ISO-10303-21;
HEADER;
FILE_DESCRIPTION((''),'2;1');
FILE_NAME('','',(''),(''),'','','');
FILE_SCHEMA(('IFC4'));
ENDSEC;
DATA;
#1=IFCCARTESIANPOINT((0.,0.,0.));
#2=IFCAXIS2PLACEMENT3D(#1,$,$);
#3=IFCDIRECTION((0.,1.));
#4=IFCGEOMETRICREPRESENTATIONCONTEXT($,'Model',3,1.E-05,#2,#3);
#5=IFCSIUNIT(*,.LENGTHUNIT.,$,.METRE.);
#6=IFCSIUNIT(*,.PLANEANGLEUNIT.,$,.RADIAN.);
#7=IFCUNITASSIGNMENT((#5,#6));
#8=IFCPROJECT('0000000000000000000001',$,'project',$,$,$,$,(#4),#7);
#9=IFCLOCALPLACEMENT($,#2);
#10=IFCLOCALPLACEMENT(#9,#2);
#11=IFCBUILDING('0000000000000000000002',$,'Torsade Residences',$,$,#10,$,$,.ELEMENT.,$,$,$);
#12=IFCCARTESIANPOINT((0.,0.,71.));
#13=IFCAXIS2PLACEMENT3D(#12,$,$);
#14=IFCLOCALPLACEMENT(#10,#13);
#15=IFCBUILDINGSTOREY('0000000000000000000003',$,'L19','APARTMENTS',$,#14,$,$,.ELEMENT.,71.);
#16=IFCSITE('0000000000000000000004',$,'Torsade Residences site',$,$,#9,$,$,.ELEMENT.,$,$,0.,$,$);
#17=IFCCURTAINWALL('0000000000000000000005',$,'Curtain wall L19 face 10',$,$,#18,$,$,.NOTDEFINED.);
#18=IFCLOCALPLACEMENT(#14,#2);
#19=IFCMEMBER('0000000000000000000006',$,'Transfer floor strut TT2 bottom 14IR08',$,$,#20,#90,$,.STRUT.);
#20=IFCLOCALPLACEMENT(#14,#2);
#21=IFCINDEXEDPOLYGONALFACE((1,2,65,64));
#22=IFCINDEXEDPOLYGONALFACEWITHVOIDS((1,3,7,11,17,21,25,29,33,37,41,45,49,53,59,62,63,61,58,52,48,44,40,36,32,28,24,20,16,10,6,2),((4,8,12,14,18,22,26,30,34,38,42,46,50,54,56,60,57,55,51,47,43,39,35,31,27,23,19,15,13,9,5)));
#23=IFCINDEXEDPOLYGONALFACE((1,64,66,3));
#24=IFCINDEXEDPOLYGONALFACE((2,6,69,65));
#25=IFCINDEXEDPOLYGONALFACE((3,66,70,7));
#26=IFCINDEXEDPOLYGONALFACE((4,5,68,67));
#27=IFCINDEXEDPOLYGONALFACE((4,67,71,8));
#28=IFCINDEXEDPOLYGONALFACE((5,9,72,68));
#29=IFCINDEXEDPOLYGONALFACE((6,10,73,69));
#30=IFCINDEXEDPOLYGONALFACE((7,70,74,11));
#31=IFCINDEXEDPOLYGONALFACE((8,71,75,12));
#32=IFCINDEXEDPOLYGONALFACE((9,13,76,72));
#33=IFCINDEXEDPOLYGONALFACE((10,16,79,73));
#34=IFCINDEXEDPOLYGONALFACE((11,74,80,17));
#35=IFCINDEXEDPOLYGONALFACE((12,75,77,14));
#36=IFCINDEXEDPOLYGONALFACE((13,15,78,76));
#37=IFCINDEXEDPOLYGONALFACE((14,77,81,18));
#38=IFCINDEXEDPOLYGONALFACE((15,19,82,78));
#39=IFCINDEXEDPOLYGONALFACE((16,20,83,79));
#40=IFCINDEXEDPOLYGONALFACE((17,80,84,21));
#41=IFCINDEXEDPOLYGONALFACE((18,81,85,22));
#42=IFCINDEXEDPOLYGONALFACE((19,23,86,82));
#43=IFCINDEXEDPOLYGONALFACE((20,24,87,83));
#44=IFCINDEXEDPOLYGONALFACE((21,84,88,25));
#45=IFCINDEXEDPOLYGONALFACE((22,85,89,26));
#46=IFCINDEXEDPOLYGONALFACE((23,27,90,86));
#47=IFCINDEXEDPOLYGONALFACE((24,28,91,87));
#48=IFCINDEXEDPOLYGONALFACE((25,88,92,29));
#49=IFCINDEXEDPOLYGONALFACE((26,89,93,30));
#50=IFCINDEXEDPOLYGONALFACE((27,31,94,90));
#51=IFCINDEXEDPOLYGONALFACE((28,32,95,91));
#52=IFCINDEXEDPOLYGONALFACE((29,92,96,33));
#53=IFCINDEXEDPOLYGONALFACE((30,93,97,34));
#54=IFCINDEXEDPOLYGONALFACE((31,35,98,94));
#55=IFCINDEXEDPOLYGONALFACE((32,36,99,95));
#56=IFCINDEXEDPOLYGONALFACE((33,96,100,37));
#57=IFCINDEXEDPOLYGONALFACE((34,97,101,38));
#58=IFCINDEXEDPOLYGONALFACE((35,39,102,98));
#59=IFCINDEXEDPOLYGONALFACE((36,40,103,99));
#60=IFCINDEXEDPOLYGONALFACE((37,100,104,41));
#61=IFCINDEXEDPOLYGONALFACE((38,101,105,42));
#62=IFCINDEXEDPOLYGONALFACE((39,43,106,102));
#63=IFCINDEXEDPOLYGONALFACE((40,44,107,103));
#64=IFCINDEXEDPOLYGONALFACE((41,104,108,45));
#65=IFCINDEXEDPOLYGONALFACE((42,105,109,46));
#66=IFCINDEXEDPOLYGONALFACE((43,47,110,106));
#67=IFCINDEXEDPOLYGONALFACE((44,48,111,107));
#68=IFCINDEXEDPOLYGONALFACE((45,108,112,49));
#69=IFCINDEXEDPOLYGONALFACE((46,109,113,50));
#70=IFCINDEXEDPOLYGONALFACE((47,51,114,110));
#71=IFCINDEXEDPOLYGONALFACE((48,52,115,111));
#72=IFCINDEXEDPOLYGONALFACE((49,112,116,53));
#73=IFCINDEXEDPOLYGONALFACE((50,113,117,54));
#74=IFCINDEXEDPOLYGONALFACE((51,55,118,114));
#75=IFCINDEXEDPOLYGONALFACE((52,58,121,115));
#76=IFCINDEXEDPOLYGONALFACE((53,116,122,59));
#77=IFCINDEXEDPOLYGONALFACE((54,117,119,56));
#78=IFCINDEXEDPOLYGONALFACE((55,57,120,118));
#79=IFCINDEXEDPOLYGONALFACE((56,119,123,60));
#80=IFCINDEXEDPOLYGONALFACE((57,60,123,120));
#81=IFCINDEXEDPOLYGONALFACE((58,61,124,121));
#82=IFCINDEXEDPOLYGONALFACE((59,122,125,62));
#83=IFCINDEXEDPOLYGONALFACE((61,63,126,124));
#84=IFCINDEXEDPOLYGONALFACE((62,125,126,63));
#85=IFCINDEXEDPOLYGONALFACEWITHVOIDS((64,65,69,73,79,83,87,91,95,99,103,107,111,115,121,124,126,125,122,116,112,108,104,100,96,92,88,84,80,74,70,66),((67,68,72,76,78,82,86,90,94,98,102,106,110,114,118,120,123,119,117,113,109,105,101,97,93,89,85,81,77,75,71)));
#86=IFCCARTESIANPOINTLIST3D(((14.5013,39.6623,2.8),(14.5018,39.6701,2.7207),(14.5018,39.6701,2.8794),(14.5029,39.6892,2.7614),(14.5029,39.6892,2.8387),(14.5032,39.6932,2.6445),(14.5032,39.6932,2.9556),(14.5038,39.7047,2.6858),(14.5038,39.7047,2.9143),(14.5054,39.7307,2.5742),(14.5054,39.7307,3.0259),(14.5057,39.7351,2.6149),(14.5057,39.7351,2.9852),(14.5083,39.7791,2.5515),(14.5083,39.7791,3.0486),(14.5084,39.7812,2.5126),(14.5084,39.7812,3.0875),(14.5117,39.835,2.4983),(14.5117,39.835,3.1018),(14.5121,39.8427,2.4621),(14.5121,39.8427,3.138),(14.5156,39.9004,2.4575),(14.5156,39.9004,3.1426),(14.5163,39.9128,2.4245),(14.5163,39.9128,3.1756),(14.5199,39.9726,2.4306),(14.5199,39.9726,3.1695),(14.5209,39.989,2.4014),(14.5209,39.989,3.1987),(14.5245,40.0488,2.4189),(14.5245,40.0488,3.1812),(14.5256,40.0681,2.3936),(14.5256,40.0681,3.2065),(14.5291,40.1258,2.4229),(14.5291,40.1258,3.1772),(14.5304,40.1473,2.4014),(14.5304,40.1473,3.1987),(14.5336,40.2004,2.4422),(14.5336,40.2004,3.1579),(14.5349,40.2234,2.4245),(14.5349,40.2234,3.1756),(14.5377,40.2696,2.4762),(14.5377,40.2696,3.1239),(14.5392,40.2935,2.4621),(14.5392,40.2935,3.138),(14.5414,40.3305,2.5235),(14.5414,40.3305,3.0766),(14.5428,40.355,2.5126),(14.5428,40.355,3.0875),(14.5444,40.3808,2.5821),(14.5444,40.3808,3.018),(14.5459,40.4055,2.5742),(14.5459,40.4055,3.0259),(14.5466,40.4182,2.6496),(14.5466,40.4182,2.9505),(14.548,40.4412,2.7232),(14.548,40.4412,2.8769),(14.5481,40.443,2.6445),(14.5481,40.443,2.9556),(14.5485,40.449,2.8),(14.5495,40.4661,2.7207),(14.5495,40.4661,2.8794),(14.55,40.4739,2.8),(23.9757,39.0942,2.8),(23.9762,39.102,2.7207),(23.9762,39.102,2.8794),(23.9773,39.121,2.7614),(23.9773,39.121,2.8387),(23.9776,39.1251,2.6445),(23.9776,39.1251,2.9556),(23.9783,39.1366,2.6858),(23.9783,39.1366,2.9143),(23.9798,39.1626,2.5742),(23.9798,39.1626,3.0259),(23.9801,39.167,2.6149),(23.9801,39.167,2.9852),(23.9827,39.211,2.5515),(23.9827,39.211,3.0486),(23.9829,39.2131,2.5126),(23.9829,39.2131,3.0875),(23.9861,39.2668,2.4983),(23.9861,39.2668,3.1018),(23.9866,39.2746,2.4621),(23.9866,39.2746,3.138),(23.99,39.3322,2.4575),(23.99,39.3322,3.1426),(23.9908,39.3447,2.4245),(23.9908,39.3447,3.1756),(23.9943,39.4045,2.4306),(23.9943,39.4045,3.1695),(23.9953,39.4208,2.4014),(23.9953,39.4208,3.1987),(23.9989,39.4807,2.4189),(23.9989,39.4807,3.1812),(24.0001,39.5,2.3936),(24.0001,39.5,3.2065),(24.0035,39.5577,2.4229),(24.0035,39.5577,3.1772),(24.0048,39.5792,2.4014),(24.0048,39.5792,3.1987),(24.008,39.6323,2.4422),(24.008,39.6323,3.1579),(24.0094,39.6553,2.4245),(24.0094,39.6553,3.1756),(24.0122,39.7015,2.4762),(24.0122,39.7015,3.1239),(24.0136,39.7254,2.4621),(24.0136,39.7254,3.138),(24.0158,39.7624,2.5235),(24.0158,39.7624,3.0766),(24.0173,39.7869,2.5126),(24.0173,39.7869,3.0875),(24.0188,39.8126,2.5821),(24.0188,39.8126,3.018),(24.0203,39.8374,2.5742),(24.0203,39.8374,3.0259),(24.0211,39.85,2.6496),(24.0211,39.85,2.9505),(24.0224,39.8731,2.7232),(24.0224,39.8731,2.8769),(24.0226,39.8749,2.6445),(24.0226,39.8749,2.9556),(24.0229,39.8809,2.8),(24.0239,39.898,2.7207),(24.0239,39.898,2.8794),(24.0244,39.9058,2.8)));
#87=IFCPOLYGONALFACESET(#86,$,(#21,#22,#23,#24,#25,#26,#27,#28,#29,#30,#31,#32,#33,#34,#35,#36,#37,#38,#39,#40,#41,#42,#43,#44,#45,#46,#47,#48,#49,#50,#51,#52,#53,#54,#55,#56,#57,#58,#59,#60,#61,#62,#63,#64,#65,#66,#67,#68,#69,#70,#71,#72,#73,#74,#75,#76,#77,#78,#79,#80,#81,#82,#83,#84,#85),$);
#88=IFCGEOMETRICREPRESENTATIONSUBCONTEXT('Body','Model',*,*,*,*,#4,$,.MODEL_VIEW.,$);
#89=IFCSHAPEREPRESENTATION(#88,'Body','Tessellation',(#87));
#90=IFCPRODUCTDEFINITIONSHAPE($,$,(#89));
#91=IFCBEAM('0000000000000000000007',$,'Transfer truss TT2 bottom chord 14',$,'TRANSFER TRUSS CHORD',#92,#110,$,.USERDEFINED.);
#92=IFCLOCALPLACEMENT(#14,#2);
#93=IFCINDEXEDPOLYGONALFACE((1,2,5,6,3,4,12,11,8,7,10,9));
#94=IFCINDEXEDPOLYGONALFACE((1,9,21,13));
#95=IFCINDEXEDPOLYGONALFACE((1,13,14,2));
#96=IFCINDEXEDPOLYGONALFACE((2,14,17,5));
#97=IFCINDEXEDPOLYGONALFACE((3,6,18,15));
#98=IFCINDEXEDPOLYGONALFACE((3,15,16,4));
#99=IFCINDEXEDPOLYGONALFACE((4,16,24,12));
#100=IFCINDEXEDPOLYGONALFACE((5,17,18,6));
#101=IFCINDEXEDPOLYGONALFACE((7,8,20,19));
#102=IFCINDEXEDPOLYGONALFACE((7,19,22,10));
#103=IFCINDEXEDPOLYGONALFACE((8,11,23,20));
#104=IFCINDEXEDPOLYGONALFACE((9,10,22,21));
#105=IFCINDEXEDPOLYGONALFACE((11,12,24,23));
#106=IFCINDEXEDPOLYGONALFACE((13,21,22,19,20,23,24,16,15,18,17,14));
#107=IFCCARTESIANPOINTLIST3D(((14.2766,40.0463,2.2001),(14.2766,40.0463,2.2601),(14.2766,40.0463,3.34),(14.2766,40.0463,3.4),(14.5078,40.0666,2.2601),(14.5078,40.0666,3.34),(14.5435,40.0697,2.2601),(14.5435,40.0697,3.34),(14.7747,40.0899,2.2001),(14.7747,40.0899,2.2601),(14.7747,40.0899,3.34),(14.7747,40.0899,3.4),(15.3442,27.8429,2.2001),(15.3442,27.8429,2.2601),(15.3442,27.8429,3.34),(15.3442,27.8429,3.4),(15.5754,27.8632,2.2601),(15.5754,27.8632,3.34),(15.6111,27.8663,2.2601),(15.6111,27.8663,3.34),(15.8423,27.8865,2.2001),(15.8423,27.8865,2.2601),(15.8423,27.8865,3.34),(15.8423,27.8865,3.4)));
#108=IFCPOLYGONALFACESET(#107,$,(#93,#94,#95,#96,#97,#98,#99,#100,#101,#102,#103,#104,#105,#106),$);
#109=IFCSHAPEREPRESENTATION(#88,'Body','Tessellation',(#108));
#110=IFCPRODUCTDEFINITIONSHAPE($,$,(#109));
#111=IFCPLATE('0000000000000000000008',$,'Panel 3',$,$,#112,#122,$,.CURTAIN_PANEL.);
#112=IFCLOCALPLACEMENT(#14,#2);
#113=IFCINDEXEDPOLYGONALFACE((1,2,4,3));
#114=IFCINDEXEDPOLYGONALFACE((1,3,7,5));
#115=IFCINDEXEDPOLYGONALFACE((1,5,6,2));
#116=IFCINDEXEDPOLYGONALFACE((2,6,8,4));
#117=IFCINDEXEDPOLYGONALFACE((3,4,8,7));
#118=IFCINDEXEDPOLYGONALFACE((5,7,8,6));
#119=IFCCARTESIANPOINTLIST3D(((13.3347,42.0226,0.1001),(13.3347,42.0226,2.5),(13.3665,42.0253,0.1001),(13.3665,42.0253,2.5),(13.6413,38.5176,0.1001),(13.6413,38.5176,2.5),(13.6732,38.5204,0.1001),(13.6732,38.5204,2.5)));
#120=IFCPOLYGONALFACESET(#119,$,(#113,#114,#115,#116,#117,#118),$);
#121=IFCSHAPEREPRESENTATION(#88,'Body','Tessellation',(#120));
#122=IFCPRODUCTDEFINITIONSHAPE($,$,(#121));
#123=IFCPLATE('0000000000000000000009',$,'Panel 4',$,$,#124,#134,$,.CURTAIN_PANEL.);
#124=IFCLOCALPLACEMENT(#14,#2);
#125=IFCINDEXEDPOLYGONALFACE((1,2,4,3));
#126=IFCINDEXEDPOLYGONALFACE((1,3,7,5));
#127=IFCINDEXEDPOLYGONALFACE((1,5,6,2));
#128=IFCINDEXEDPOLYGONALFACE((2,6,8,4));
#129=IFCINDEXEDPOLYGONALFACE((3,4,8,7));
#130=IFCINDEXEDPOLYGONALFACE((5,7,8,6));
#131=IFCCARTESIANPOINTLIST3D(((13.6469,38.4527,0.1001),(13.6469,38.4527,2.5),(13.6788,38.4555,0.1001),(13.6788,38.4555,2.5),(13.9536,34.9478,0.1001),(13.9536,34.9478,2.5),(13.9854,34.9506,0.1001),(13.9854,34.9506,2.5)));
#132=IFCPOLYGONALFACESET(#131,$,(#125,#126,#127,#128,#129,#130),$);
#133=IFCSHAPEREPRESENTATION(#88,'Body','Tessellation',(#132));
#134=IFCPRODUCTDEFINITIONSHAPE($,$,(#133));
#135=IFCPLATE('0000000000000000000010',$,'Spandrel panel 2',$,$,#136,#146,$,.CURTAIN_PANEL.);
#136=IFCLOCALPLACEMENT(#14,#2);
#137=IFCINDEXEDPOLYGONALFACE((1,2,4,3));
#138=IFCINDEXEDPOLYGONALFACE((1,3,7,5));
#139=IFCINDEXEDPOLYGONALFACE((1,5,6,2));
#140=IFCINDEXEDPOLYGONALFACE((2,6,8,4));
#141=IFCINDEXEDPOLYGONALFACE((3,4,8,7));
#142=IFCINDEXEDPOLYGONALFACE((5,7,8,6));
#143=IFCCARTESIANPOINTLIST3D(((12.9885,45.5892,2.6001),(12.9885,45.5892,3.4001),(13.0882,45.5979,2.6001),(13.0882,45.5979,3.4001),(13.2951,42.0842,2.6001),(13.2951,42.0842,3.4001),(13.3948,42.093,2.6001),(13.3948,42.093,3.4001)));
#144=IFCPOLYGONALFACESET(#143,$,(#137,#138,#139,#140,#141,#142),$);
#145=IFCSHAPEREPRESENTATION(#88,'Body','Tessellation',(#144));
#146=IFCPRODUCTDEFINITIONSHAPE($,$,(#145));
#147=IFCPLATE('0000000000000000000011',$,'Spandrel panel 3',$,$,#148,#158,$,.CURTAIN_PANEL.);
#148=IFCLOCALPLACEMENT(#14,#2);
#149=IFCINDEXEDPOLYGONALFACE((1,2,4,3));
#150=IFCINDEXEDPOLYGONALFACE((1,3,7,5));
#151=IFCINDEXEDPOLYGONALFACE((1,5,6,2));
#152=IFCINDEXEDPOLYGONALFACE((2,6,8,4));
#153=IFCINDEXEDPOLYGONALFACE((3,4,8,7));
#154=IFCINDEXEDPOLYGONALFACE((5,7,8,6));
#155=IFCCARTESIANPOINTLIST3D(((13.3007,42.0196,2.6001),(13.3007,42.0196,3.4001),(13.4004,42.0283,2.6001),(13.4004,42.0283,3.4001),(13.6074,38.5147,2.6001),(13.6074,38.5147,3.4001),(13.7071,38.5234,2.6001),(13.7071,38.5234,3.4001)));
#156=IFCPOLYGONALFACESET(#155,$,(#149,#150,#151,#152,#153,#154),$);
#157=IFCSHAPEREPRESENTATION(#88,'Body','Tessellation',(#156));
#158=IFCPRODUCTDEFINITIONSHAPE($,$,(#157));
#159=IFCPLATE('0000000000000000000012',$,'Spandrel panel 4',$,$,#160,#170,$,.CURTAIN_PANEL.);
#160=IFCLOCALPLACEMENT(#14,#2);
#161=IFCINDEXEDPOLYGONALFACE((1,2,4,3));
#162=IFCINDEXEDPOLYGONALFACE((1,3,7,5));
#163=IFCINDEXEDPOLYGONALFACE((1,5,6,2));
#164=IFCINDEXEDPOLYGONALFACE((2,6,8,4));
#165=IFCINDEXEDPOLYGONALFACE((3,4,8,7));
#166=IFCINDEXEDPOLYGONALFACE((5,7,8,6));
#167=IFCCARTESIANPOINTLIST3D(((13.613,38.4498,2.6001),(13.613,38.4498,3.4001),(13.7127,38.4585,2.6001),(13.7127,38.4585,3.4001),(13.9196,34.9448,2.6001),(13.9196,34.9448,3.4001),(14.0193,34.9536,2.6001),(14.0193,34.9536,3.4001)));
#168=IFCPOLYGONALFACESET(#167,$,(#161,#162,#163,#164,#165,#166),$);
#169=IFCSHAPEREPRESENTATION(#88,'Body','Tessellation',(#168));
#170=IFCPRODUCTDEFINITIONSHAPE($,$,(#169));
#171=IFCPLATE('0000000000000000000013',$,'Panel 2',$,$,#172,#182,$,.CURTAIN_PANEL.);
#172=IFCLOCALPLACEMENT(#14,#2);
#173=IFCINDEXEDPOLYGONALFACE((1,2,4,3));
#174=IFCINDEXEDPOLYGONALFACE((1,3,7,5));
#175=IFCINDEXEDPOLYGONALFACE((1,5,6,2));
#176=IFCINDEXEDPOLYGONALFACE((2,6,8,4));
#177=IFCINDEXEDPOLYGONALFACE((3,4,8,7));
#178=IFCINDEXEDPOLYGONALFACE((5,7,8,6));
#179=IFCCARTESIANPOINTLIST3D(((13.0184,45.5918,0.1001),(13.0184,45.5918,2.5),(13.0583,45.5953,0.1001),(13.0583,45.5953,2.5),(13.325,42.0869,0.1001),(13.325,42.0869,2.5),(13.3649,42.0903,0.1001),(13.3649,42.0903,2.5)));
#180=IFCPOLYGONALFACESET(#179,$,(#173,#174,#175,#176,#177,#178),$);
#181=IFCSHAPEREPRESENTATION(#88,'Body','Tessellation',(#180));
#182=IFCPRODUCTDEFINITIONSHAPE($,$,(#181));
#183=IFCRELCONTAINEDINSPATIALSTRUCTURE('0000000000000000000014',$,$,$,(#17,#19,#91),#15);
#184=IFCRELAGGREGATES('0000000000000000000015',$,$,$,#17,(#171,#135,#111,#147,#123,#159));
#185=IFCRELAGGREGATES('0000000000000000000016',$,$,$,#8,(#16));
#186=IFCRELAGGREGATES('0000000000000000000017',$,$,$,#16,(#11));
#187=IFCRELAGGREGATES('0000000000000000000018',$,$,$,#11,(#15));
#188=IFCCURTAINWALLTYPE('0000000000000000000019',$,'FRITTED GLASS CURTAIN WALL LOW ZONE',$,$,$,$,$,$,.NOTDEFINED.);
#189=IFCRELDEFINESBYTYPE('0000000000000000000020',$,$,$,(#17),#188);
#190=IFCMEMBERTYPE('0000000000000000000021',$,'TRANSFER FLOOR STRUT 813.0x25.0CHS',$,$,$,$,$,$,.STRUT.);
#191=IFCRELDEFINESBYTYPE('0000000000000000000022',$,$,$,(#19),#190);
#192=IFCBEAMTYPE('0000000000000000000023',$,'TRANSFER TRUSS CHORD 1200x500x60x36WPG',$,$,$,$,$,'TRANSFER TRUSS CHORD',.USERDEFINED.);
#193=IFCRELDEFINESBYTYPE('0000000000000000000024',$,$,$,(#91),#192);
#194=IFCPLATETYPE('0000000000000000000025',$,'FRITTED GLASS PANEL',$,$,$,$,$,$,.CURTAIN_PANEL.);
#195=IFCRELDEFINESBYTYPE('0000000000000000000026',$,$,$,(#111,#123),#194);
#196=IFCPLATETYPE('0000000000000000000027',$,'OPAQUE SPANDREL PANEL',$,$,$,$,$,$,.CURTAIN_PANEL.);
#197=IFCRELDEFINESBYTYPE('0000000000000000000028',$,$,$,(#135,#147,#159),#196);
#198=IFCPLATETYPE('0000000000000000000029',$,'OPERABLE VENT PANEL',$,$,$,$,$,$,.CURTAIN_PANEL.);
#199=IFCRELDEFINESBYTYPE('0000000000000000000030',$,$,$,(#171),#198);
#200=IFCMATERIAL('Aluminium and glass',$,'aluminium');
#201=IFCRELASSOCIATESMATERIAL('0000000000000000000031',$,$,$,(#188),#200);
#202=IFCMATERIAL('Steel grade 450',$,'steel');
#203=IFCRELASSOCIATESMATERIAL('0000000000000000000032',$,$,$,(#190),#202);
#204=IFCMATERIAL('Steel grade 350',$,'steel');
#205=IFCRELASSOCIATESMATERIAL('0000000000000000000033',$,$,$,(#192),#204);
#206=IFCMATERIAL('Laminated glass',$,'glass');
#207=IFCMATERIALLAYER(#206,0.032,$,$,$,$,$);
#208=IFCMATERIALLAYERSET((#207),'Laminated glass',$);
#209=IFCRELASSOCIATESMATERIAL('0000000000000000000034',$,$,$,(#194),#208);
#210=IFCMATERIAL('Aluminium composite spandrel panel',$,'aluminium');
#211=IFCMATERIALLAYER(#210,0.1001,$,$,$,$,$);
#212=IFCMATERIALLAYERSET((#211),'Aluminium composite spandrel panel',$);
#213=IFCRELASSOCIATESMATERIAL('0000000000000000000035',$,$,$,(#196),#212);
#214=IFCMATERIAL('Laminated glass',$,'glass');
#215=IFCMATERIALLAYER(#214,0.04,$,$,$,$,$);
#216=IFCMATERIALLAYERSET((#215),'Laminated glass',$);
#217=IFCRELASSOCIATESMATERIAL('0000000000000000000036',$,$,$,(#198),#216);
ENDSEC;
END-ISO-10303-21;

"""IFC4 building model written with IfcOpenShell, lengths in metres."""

from ifc_helpers import new_model, si_unit, direction, frame, origin, origin_2d, place, context, subcontext, project, spatial, rectangle, hollow_circle, i_section, extrude, material, layer, layer_set, material_profile, profile_set, type_object, element, aggregate, save


model = new_model("IFC4")

# Units and contexts
model_context = context("Model", 3, precision=1e-05, world=origin(), true_north=direction((0.0, 1.0)))
body_context = subcontext(model_context, "Body", "Model", "MODEL_VIEW")
ifc_project = project(units=[si_unit("LENGTHUNIT", "METRE"), si_unit("PLANEANGLEUNIT", "RADIAN")], contexts=[model_context])

# Site, building, storey
site_placement = place(None, origin())
site = spatial("IfcSite", under=ifc_project, at=site_placement, Name="Torsade Residences site", CompositionType="ELEMENT", RefElevation=0.0)
building_placement = place(site_placement, origin())
building = spatial("IfcBuilding", under=site, at=building_placement, Name="Torsade Residences", CompositionType="ELEMENT")
storey_placement = place(building_placement, frame((0.0, 0.0, 71.0)))
storey = spatial("IfcBuildingStorey", under=building, at=storey_placement, Name="L19", Description="APARTMENTS", CompositionType="ELEMENT", Elevation=71.0)

# Curtain wall
ifc_material_1 = material(Name="Aluminium and glass", Category="aluminium")
curtain_wall_type = type_object("IfcCurtainWallType", Name="FRITTED GLASS CURTAIN WALL LOW ZONE", PredefinedType="NOTDEFINED", material=ifc_material_1)
curtain_wall_placement = place(storey_placement, origin())
curtain_wall = element("IfcCurtainWall", 1, at=curtain_wall_placement, inside=storey, type_object=curtain_wall_type, Name="Curtain wall L19 face 10", PredefinedType="NOTDEFINED")

# Member
ifc_material_2 = material(Name="Steel grade 450", Category="steel")
ifc_material_profile_1 = material_profile(ifc_material_2, hollow_circle(Radius=0.4065, WallThickness=0.0249, at=origin_2d()), Name="813.0x25.0CHS")
ifc_profile_set_1 = profile_set([ifc_material_profile_1], Name="Steel grade 450")
member_type_1 = type_object("IfcMemberType", Name="TRANSFER FLOOR STRUT 813.0x25.0CHS", PredefinedType="STRUT", material=ifc_profile_set_1)
member_1_placement = place(storey_placement, frame((14.5256, 40.0681, 2.8), z_axis=(0.998207, -0.059856, 0.0), x_axis=(0.059856, 0.998207, 0.0)))
element("IfcMember", 2, at=member_1_placement, inside=storey, type_object=member_type_1, Name="Transfer floor strut TT2 bottom 14IR08", PredefinedType="STRUT", context=body_context, shape_type="SweptSolid", body=[
    extrude(hollow_circle(Radius=0.4065, WallThickness=0.0249, at=origin_2d()), origin(), (0.0, 0.0, 1.0), 9.4915),
])

# Beam
ifc_material_3 = material(Name="Steel grade 350", Category="steel")
ifc_material_profile_2 = material_profile(ifc_material_3, i_section(OverallWidth=0.5, OverallDepth=1.2, WebThickness=0.0359, FlangeThickness=0.0601, at=origin_2d()), Name="1200x500x60x36WPG")
ifc_profile_set_2 = profile_set([ifc_material_profile_2], Name="Steel grade 350")
beam_type_1 = type_object("IfcBeamType", Name="TRANSFER TRUSS CHORD 1200x500x60x36WPG", ElementType="TRANSFER TRUSS CHORD", PredefinedType="USERDEFINED", material=ifc_profile_set_2)
beam_1_placement = place(storey_placement, frame((14.5256, 40.0681, 2.8), z_axis=(0.087153, -0.996195, 0.0), x_axis=(0.996195, 0.087153, 0.0)))
element("IfcBeam", 3, at=beam_1_placement, inside=storey, type_object=beam_type_1, Name="Transfer truss TT2 bottom chord 14", ObjectType="TRANSFER TRUSS CHORD", PredefinedType="USERDEFINED", context=body_context, shape_type="SweptSolid", body=[
    extrude(i_section(OverallWidth=0.5, OverallDepth=1.2, WebThickness=0.0359, FlangeThickness=0.0601, at=origin_2d()), origin(), (0.0, 0.0, 1.0), 12.25),
])

# Plates
ifc_material_4 = material(Name="Laminated glass", Category="glass")
ifc_layer_1 = layer(ifc_material_4, 0.032)
ifc_layer_set_1 = layer_set([ifc_layer_1], Name="Laminated glass")
plate_type_1 = type_object("IfcPlateType", Name="FRITTED GLASS PANEL", PredefinedType="CURTAIN_PANEL", material=ifc_layer_set_1)
plate_1_placement = place(storey_placement, frame((13.5039, 40.2715, 0.1001), z_axis=(0.0, 0.0, 1.0), x_axis=(0.087156, -0.996195, 0.0)))
plate_1 = element("IfcPlate", 4, at=plate_1_placement, type_object=plate_type_1, Name="Panel 3", PredefinedType="CURTAIN_PANEL", context=body_context, shape_type="SweptSolid", body=[
    extrude(rectangle(XDim=3.5183, YDim=0.032, at=origin_2d()), origin(), (0.0, 0.0, 1.0), 2.3999),
])
plate_2_placement = place(storey_placement, frame((13.8162, 36.7017, 0.1001), z_axis=(0.0, 0.0, 1.0), x_axis=(0.087156, -0.996195, 0.0)))
plate_2 = element("IfcPlate", 5, at=plate_2_placement, type_object=plate_type_1, Name="Panel 4", PredefinedType="CURTAIN_PANEL", context=body_context, shape_type="SweptSolid", body=[
    extrude(rectangle(XDim=3.5183, YDim=0.032, at=origin_2d()), origin(), (0.0, 0.0, 1.0), 2.3999),
])
ifc_material_5 = material(Name="Aluminium composite spandrel panel", Category="aluminium")
ifc_layer_2 = layer(ifc_material_5, 0.1001)
ifc_layer_set_2 = layer_set([ifc_layer_2], Name="Aluminium composite spandrel panel")
plate_type_2 = type_object("IfcPlateType", Name="OPAQUE SPANDREL PANEL", PredefinedType="CURTAIN_PANEL", material=ifc_layer_set_2)
plate_3_placement = place(storey_placement, frame((13.1917, 43.8411, 2.6001), z_axis=(0.0, 0.0, 1.0), x_axis=(0.087156, -0.996195, 0.0)))
plate_3 = element("IfcPlate", 6, at=plate_3_placement, type_object=plate_type_2, Name="Spandrel panel 2", PredefinedType="CURTAIN_PANEL", context=body_context, shape_type="SweptSolid", body=[
    extrude(rectangle(XDim=3.5183, YDim=0.1001, at=origin_2d()), origin(), (0.0, 0.0, 1.0), 0.8),
])
plate_4_placement = place(storey_placement, frame((13.5039, 40.2715, 2.6001), z_axis=(0.0, 0.0, 1.0), x_axis=(0.087156, -0.996195, 0.0)))
plate_4 = element("IfcPlate", 7, at=plate_4_placement, type_object=plate_type_2, Name="Spandrel panel 3", PredefinedType="CURTAIN_PANEL", context=body_context, shape_type="SweptSolid", body=[
    extrude(rectangle(XDim=3.5183, YDim=0.1001, at=origin_2d()), origin(), (0.0, 0.0, 1.0), 0.8),
])
plate_5_placement = place(storey_placement, frame((13.8162, 36.7017, 2.6001), z_axis=(0.0, 0.0, 1.0), x_axis=(0.087156, -0.996195, 0.0)))
plate_5 = element("IfcPlate", 8, at=plate_5_placement, type_object=plate_type_2, Name="Spandrel panel 4", PredefinedType="CURTAIN_PANEL", context=body_context, shape_type="SweptSolid", body=[
    extrude(rectangle(XDim=3.5183, YDim=0.1001, at=origin_2d()), origin(), (0.0, 0.0, 1.0), 0.8),
])
ifc_material_6 = material(Name="Laminated glass", Category="glass")
ifc_layer_3 = layer(ifc_material_6, 0.04)
ifc_layer_set_3 = layer_set([ifc_layer_3], Name="Laminated glass")
plate_type_3 = type_object("IfcPlateType", Name="OPERABLE VENT PANEL", PredefinedType="CURTAIN_PANEL", material=ifc_layer_set_3)
plate_6_placement = place(storey_placement, frame((13.1917, 43.8411, 0.1001), z_axis=(0.0, 0.0, 1.0), x_axis=(0.087156, -0.996195, 0.0)))
plate_6 = element("IfcPlate", 9, at=plate_6_placement, type_object=plate_type_3, Name="Panel 2", PredefinedType="CURTAIN_PANEL", context=body_context, shape_type="SweptSolid", body=[
    extrude(rectangle(XDim=3.5183, YDim=0.04, at=origin_2d()), origin(), (0.0, 0.0, 1.0), 2.3999),
])
aggregate(curtain_wall, [plate_6, plate_3, plate_1, plate_4, plate_2, plate_5])

save(model, "model.ifc")
